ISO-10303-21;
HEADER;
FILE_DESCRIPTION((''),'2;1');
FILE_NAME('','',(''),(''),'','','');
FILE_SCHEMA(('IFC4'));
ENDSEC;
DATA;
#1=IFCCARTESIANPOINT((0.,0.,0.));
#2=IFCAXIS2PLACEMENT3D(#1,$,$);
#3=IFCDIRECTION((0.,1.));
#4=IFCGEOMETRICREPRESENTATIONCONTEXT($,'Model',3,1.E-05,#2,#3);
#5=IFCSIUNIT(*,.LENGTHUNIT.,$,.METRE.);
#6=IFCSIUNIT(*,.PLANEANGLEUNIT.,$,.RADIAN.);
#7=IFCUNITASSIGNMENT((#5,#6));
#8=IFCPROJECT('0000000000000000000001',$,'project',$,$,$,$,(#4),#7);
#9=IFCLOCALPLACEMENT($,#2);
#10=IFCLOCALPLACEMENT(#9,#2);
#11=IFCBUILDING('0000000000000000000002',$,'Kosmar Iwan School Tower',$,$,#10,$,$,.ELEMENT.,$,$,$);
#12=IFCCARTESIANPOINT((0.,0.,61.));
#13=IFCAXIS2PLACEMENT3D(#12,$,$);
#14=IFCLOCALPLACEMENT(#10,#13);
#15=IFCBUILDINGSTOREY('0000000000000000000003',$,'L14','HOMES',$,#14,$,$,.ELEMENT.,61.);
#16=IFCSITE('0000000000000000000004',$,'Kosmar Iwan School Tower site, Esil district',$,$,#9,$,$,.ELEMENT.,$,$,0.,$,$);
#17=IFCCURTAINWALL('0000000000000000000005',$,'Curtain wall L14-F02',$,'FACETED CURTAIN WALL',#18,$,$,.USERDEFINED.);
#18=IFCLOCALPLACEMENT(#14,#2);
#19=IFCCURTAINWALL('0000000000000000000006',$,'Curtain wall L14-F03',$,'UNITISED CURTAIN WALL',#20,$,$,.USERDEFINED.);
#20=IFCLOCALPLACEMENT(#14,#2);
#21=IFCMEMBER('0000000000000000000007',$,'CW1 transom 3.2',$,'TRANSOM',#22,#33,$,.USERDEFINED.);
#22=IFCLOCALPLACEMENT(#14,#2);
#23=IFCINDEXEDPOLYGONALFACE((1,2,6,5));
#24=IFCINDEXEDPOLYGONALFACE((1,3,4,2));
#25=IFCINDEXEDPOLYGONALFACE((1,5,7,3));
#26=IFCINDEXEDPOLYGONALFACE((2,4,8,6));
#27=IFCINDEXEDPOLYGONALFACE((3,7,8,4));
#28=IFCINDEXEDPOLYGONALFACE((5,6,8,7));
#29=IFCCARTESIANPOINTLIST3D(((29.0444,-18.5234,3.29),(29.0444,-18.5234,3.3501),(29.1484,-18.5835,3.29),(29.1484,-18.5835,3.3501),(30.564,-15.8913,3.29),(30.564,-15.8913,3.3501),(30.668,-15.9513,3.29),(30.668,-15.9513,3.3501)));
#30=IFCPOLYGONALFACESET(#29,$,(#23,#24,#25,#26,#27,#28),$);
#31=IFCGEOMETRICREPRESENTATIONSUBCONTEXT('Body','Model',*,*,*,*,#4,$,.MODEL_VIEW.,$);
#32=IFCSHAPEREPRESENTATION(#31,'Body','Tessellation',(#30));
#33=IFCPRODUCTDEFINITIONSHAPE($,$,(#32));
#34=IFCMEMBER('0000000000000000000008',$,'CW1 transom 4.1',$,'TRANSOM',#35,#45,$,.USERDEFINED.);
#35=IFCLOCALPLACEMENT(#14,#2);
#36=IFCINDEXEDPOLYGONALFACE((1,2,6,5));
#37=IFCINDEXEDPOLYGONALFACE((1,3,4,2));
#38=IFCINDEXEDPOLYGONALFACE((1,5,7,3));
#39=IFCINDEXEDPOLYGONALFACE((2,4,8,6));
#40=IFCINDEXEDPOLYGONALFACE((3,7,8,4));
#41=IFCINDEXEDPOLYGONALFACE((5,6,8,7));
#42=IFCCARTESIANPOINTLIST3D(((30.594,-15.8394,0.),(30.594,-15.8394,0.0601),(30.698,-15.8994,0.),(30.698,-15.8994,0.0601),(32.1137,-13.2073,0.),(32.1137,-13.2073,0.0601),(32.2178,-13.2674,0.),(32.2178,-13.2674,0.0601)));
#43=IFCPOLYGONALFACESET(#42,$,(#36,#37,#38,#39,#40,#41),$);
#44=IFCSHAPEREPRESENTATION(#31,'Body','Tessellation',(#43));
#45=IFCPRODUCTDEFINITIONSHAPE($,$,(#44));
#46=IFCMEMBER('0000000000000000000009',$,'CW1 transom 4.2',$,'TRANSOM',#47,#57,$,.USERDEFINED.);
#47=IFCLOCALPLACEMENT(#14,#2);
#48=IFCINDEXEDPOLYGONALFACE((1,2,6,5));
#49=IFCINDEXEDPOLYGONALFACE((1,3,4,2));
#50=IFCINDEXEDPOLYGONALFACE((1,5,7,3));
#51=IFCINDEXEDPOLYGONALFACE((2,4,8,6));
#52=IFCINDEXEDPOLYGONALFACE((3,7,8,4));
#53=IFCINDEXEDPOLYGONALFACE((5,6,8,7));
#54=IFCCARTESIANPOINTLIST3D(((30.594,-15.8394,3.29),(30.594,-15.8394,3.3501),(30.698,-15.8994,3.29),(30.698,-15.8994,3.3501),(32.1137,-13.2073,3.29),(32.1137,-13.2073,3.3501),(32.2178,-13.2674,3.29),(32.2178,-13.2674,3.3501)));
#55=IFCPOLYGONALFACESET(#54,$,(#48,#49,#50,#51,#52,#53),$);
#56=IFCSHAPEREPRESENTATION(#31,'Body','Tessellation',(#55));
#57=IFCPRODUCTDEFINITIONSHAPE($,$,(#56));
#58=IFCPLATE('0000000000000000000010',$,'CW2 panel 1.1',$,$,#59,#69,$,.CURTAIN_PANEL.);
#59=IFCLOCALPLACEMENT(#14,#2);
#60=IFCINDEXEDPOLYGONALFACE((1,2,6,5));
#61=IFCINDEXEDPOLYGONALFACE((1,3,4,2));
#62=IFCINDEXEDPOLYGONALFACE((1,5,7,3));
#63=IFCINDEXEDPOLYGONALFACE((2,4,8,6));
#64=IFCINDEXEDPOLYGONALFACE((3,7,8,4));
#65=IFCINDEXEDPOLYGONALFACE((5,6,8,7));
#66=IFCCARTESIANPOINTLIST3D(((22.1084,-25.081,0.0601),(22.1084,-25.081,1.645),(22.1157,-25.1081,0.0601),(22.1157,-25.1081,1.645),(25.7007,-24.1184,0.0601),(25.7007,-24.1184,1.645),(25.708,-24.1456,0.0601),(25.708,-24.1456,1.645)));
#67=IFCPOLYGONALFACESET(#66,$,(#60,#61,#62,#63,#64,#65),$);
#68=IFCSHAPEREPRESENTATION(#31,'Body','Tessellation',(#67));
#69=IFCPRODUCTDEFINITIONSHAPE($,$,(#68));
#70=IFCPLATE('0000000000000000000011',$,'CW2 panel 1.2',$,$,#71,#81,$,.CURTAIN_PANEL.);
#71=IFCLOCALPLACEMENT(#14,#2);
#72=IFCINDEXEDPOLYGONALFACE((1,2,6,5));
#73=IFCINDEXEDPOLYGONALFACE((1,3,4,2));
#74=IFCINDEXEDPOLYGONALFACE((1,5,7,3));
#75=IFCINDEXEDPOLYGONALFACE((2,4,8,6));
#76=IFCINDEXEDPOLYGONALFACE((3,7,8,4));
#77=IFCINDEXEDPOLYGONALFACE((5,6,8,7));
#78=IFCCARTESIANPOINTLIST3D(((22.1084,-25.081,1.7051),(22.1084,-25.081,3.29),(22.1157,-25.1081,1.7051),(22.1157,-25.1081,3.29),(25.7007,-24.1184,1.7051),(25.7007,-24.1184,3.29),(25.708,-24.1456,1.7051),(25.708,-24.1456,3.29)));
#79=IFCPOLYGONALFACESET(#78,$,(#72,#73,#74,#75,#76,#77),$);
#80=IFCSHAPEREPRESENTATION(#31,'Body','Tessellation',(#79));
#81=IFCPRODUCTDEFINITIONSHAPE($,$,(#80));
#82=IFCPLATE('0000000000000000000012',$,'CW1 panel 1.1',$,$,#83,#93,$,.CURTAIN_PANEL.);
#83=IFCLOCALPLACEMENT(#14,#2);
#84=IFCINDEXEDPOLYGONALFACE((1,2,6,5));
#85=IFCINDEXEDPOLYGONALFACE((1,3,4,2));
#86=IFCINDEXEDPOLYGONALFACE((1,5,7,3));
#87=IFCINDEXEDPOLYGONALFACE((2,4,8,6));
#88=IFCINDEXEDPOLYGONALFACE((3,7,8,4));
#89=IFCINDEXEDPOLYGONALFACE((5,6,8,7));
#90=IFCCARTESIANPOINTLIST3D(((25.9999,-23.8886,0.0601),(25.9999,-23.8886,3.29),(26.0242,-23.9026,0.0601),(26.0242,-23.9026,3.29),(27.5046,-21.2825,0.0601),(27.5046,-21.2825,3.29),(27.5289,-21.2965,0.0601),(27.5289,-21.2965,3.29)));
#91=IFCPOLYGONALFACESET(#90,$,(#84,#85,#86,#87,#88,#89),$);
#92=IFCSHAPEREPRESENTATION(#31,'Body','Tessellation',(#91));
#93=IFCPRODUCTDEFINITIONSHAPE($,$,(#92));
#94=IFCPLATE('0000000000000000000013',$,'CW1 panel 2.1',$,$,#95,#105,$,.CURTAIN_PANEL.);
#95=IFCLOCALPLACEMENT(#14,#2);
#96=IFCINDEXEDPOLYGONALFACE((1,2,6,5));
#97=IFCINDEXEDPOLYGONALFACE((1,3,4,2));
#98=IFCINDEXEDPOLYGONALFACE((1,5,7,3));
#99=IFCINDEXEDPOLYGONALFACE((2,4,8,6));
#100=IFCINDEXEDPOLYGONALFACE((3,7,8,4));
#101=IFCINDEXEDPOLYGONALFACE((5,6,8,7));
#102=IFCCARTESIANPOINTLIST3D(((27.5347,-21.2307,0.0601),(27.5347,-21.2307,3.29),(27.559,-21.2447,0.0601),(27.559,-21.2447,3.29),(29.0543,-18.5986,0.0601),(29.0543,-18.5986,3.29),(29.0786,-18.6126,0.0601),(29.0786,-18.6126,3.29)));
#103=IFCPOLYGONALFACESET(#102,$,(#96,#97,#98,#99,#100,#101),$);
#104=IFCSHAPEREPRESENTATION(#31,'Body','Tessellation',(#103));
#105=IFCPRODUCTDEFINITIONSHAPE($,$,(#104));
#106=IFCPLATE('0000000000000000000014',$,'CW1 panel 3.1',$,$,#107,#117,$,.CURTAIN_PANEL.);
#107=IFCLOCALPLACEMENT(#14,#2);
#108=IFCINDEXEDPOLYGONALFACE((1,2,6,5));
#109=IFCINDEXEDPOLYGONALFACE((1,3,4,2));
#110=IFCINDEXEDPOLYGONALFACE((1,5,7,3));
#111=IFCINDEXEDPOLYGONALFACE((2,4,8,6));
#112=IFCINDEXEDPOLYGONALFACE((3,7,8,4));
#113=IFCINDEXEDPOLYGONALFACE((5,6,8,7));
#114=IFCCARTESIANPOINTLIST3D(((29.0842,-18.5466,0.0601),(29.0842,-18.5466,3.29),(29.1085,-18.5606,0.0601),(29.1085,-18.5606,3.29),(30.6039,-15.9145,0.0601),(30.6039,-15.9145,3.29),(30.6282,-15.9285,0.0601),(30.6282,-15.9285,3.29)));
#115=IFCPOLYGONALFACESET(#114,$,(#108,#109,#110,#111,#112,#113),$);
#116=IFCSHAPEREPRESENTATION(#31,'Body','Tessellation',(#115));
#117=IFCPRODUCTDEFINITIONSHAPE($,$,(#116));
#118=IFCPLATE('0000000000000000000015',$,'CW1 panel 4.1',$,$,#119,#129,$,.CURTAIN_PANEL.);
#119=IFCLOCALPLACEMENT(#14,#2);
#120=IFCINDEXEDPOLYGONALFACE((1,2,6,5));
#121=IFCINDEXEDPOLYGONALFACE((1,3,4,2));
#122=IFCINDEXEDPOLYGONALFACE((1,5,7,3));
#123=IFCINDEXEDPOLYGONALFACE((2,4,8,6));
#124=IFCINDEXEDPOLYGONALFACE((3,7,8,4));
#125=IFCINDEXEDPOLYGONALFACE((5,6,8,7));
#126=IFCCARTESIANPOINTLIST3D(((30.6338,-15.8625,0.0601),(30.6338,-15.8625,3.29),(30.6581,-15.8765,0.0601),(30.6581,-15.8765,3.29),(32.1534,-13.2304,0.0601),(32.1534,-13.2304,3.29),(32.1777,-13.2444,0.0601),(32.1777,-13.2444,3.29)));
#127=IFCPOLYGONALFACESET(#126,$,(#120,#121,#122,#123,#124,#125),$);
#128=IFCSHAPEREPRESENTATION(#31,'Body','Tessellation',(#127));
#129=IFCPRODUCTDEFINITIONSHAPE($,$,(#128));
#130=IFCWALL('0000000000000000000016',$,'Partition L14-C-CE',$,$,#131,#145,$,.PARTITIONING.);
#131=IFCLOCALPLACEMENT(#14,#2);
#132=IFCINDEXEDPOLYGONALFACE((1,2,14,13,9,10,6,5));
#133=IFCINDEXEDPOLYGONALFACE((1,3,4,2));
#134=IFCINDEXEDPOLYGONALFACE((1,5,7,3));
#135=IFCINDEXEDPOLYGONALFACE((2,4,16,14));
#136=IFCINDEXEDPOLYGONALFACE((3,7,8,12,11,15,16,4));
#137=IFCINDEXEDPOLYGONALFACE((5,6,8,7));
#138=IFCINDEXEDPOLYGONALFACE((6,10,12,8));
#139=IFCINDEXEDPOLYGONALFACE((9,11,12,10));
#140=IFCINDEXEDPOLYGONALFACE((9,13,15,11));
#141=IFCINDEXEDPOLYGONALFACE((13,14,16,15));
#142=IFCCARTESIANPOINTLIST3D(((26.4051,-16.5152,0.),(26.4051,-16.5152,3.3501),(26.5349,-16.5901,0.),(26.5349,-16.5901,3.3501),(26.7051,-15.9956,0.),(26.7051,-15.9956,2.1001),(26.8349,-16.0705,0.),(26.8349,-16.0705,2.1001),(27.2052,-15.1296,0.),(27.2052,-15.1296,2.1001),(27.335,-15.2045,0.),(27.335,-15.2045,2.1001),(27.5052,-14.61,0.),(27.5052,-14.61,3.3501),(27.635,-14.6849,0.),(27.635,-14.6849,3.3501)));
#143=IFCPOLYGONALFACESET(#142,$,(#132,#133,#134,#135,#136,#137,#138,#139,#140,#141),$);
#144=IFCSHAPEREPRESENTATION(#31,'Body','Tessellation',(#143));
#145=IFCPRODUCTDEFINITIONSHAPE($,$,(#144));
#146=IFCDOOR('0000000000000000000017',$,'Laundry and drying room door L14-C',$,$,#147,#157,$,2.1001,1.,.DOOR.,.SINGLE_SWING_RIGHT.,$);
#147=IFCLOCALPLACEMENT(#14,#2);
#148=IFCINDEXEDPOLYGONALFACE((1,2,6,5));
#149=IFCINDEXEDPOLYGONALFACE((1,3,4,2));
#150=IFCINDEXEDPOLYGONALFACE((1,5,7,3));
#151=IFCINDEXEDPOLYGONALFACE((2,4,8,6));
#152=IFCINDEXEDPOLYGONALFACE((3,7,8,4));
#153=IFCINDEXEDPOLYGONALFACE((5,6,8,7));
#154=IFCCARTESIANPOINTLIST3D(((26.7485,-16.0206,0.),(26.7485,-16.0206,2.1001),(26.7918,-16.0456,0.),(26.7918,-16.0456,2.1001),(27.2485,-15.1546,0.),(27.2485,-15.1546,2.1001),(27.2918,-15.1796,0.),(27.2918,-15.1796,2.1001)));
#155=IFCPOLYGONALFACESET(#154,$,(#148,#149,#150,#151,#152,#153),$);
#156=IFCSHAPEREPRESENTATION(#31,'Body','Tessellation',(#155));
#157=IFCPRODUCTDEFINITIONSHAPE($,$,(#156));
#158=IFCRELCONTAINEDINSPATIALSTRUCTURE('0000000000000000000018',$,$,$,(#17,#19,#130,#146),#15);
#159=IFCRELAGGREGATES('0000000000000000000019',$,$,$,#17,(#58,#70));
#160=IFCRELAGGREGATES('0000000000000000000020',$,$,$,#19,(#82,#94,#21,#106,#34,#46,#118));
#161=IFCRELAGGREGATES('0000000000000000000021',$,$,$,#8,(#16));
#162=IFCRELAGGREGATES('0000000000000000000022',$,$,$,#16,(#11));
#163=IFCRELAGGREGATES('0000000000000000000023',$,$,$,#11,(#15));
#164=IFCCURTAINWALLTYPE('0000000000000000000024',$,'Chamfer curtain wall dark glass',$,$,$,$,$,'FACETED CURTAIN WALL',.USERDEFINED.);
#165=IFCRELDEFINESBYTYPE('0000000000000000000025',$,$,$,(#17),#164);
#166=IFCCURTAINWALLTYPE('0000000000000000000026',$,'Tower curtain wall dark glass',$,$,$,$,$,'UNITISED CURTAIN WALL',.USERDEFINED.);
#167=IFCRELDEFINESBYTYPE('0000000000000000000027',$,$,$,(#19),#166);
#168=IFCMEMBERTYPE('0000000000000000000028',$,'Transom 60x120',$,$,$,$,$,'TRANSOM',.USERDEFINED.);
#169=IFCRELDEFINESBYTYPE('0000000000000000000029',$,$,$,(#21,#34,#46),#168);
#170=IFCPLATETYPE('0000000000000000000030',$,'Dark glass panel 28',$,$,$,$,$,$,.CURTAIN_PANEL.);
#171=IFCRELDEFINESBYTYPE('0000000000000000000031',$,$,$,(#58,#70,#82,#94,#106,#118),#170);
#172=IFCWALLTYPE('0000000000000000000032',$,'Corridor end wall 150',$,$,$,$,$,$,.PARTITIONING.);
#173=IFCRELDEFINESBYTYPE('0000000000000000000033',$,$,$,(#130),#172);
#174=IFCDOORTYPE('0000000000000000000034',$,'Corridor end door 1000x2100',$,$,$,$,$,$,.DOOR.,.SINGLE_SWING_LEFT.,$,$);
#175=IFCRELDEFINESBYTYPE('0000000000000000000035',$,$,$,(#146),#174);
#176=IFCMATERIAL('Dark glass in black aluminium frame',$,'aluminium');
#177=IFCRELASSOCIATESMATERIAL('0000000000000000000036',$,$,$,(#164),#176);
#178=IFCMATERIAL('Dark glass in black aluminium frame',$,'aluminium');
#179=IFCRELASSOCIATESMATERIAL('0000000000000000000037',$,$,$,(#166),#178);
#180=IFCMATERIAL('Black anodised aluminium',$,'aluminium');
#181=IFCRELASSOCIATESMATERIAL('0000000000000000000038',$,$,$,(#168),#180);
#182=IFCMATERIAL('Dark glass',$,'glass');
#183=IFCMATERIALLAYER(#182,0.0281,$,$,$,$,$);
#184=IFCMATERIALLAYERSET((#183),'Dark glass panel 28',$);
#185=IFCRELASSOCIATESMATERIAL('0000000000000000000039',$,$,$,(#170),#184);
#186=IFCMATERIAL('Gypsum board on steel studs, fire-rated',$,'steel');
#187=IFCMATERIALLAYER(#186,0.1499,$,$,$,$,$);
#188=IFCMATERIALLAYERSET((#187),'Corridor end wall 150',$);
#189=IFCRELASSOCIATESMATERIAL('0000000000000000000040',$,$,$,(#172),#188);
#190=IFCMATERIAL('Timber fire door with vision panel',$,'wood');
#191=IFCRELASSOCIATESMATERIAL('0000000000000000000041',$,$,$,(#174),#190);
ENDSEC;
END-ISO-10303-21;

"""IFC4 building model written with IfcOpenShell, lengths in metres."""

from ifc_helpers import new_model, si_unit, direction, frame, frame_2d, origin, origin_2d, place, context, subcontext, project, spatial, rectangle, extrude, material, layer, layer_set, material_profile, profile_set, type_object, element, fill, aggregate, save


model = new_model("IFC4")

# Units and contexts
model_context = context("Model", 3, precision=1e-05, world=origin(), true_north=direction((0.0, 1.0)))
body_context = subcontext(model_context, "Body", "Model", "MODEL_VIEW")
ifc_project = project(units=[si_unit("LENGTHUNIT", "METRE"), si_unit("PLANEANGLEUNIT", "RADIAN")], contexts=[model_context])

# Site, building, storey
site_placement = place(None, origin())
site = spatial("IfcSite", under=ifc_project, at=site_placement, Name="Kosmar Iwan School Tower site, Esil district", CompositionType="ELEMENT", RefElevation=0.0)
building_placement = place(site_placement, origin())
building = spatial("IfcBuilding", under=site, at=building_placement, Name="Kosmar Iwan School Tower", CompositionType="ELEMENT")
storey_placement = place(building_placement, frame((0.0, 0.0, 61.0)))
storey = spatial("IfcBuildingStorey", under=building, at=storey_placement, Name="L14", Description="HOMES", CompositionType="ELEMENT", Elevation=61.0)

# Curtain wall
ifc_material_1 = material(Name="Dark glass in black aluminium frame", Category="aluminium")
curtain_wall_type_1 = type_object("IfcCurtainWallType", Name="Chamfer curtain wall dark glass", ElementType="FACETED CURTAIN WALL", PredefinedType="USERDEFINED", material=ifc_material_1)
curtain_wall_1_placement = place(storey_placement, origin())
curtain_wall_1 = element("IfcCurtainWall", 1, at=curtain_wall_1_placement, inside=storey, type_object=curtain_wall_type_1, Name="Curtain wall L14-F02", ObjectType="FACETED CURTAIN WALL", PredefinedType="USERDEFINED")

# Curtain wall
ifc_material_2 = material(Name="Dark glass in black aluminium frame", Category="aluminium")
curtain_wall_type_2 = type_object("IfcCurtainWallType", Name="Tower curtain wall dark glass", ElementType="UNITISED CURTAIN WALL", PredefinedType="USERDEFINED", material=ifc_material_2)
curtain_wall_2_placement = place(storey_placement, origin())
curtain_wall_2 = element("IfcCurtainWall", 2, at=curtain_wall_2_placement, inside=storey, type_object=curtain_wall_type_2, Name="Curtain wall L14-F03", ObjectType="UNITISED CURTAIN WALL", PredefinedType="USERDEFINED")

# Members
ifc_material_3 = material(Name="Black anodised aluminium", Category="aluminium")
ifc_material_profile_1 = material_profile(ifc_material_3, rectangle(XDim=0.1201, YDim=0.0601, at=origin_2d()), Name="TRANSOM 60x120")
ifc_profile_set_1 = profile_set([ifc_material_profile_1], Name="Black anodised aluminium")
member_type_1 = type_object("IfcMemberType", Name="Transom 60x120", ElementType="TRANSOM", PredefinedType="USERDEFINED", material=ifc_profile_set_1)
member_1_placement = place(storey_placement, frame((29.0964, -18.5535, 3.3201), z_axis=(0.499975, 0.86604, 0.0), x_axis=(-0.86604, 0.499975, 0.0)))
member_1 = element("IfcMember", 3, at=member_1_placement, type_object=member_type_1, Name="CW1 transom 3.2", ObjectType="TRANSOM", PredefinedType="USERDEFINED", context=body_context, shape_type="SweptSolid", body=[
    extrude(rectangle(XDim=0.1201, YDim=0.0601, at=origin_2d()), origin(), (0.0, 0.0, 1.0), 3.0393),
])
member_2_placement = place(storey_placement, frame((30.646, -15.8694, 0.03), z_axis=(0.500035, 0.866005, 0.0), x_axis=(-0.866005, 0.500035, 0.0)))
member_2 = element("IfcMember", 4, at=member_2_placement, type_object=member_type_1, Name="CW1 transom 4.1", ObjectType="TRANSOM", PredefinedType="USERDEFINED", context=body_context, shape_type="SweptSolid", body=[
    extrude(rectangle(XDim=0.1201, YDim=0.0601, at=origin_2d()), origin(), (0.0, 0.0, 1.0), 3.0393),
])
member_3_placement = place(storey_placement, frame((30.646, -15.8694, 3.3201), z_axis=(0.500035, 0.866005, 0.0), x_axis=(-0.866005, 0.500035, 0.0)))
member_3 = element("IfcMember", 5, at=member_3_placement, type_object=member_type_1, Name="CW1 transom 4.2", ObjectType="TRANSOM", PredefinedType="USERDEFINED", context=body_context, shape_type="SweptSolid", body=[
    extrude(rectangle(XDim=0.1201, YDim=0.0601, at=origin_2d()), origin(), (0.0, 0.0, 1.0), 3.0393),
])

# Plates
ifc_material_4 = material(Name="Dark glass", Category="glass")
ifc_layer_1 = layer(ifc_material_4, 0.0281)
ifc_layer_set_1 = layer_set([ifc_layer_1], Name="Dark glass panel 28")
plate_type = type_object("IfcPlateType", Name="Dark glass panel 28", PredefinedType="CURTAIN_PANEL", material=ifc_layer_set_1)
plate_1_placement = place(storey_placement, frame((23.9082, -24.6133, 0.0601), z_axis=(0.0, 0.0, 1.0), x_axis=(0.965926, 0.258819, 0.0)))
plate_1 = element("IfcPlate", 6, at=plate_1_placement, type_object=plate_type, Name="CW2 panel 1.1", PredefinedType="CURTAIN_PANEL", context=body_context, shape_type="SweptSolid", body=[
    extrude(rectangle(XDim=3.719, YDim=0.0281, at=origin_2d()), origin(), (0.0, 0.0, 1.0), 1.585),
])
plate_2_placement = place(storey_placement, frame((23.9082, -24.6133, 1.7051), z_axis=(0.0, 0.0, 1.0), x_axis=(0.965926, 0.258819, 0.0)))
plate_2 = element("IfcPlate", 7, at=plate_2_placement, type_object=plate_type, Name="CW2 panel 1.2", PredefinedType="CURTAIN_PANEL", context=body_context, shape_type="SweptSolid", body=[
    extrude(rectangle(XDim=3.719, YDim=0.0281, at=origin_2d()), origin(), (0.0, 0.0, 1.0), 1.585),
])
aggregate(curtain_wall_1, [plate_1, plate_2])
plate_3_placement = place(storey_placement, frame((26.7644, -22.5925, 0.0601), z_axis=(0.0, 0.0, 1.0), x_axis=(0.5, 0.866025, 0.0)))
plate_3 = element("IfcPlate", 8, at=plate_3_placement, type_object=plate_type, Name="CW1 panel 1.1", PredefinedType="CURTAIN_PANEL", context=body_context, shape_type="SweptSolid", body=[
    extrude(rectangle(XDim=3.0093, YDim=0.0281, at=origin_2d()), origin(), (0.0, 0.0, 1.0), 3.23),
])
plate_4_placement = place(storey_placement, frame((28.3066, -19.9216, 0.0601), z_axis=(0.0, 0.0, 1.0), x_axis=(0.5, 0.866025, 0.0)))
plate_4 = element("IfcPlate", 9, at=plate_4_placement, type_object=plate_type, Name="CW1 panel 2.1", PredefinedType="CURTAIN_PANEL", context=body_context, shape_type="SweptSolid", body=[
    extrude(rectangle(XDim=3.0393, YDim=0.0281, at=origin_2d()), origin(), (0.0, 0.0, 1.0), 3.23),
])
plate_5_placement = place(storey_placement, frame((29.8562, -17.2375, 0.0601), z_axis=(0.0, 0.0, 1.0), x_axis=(0.5, 0.866025, 0.0)))
plate_5 = element("IfcPlate", 10, at=plate_5_placement, type_object=plate_type, Name="CW1 panel 3.1", PredefinedType="CURTAIN_PANEL", context=body_context, shape_type="SweptSolid", body=[
    extrude(rectangle(XDim=3.0393, YDim=0.0281, at=origin_2d()), origin(), (0.0, 0.0, 1.0), 3.23),
])
plate_6_placement = place(storey_placement, frame((31.4058, -14.5535, 0.0601), z_axis=(0.0, 0.0, 1.0), x_axis=(0.5, 0.866025, 0.0)))
plate_6 = element("IfcPlate", 11, at=plate_6_placement, type_object=plate_type, Name="CW1 panel 4.1", PredefinedType="CURTAIN_PANEL", context=body_context, shape_type="SweptSolid", body=[
    extrude(rectangle(XDim=3.0393, YDim=0.0281, at=origin_2d()), origin(), (0.0, 0.0, 1.0), 3.23),
])
aggregate(curtain_wall_2, [plate_3, plate_4, member_1, plate_5, member_2, member_3, plate_6])

# Wall, opening, door
ifc_material_5 = material(Name="Gypsum board on steel studs, fire-rated", Category="steel")
ifc_layer_2 = layer(ifc_material_5, 0.1499)
ifc_layer_set_2 = layer_set([ifc_layer_2], Name="Corridor end wall 150")
wall_type_1 = type_object("IfcWallType", Name="Corridor end wall 150", PredefinedType="PARTITIONING", material=ifc_layer_set_2)
wall_1_placement = place(storey_placement, frame((26.47, -16.5527, 0.0), z_axis=(0.0, 0.0, 1.0), x_axis=(0.50003, 0.866008, 0.0)))
wall_1 = element("IfcWall", 12, at=wall_1_placement, inside=storey, type_object=wall_type_1, Name="Partition L14-C-CE", PredefinedType="PARTITIONING", context=body_context, shape_type="SweptSolid", body=[
    extrude(rectangle(XDim=2.2, YDim=0.1499, at=frame_2d((1.1001, 0.0))), origin(), (0.0, 0.0, 1.0), 3.3501),
])
opening_1_placement = place(wall_1_placement, frame((0.6001, 0.0, 0.0)))
opening_1 = element("IfcOpeningElement", 13, at=opening_1_placement, cuts=wall_1, PredefinedType="OPENING", context=body_context, shape_type="SweptSolid", body=[
    extrude(rectangle(XDim=1.0, YDim=2.1001, at=frame_2d((0.5, 1.05))), frame((0.0, 0.0869, 0.0), z_axis=(0.0, -1.0, 0.0), x_axis=(1.0, 0.0, 0.0)), (0.0, 0.0, 1.0), 0.1738),
])
ifc_material_6 = material(Name="Timber fire door with vision panel", Category="wood")
door_type_1 = type_object("IfcDoorType", Name="Corridor end door 1000x2100", OperationType="SINGLE_SWING_LEFT", PredefinedType="DOOR", material=ifc_material_6)
door_1_placement = place(opening_1_placement, origin())
door_1 = element("IfcDoor", 14, at=door_1_placement, inside=storey, type_object=door_type_1, Name="Laundry and drying room door L14-C", OperationType="SINGLE_SWING_RIGHT", OverallHeight=2.1001, OverallWidth=1.0, PredefinedType="DOOR", context=body_context, shape_type="SweptSolid", body=[
    extrude(rectangle(XDim=1.0, YDim=2.1001, at=frame_2d((0.5, 1.05))), frame((0.0, 0.0249, 0.0), z_axis=(0.0, -1.0, 0.0), x_axis=(1.0, 0.0, 0.0)), (0.0, 0.0, 1.0), 0.05),
])
fill(opening_1, door_1)

save(model, "model.ifc")
